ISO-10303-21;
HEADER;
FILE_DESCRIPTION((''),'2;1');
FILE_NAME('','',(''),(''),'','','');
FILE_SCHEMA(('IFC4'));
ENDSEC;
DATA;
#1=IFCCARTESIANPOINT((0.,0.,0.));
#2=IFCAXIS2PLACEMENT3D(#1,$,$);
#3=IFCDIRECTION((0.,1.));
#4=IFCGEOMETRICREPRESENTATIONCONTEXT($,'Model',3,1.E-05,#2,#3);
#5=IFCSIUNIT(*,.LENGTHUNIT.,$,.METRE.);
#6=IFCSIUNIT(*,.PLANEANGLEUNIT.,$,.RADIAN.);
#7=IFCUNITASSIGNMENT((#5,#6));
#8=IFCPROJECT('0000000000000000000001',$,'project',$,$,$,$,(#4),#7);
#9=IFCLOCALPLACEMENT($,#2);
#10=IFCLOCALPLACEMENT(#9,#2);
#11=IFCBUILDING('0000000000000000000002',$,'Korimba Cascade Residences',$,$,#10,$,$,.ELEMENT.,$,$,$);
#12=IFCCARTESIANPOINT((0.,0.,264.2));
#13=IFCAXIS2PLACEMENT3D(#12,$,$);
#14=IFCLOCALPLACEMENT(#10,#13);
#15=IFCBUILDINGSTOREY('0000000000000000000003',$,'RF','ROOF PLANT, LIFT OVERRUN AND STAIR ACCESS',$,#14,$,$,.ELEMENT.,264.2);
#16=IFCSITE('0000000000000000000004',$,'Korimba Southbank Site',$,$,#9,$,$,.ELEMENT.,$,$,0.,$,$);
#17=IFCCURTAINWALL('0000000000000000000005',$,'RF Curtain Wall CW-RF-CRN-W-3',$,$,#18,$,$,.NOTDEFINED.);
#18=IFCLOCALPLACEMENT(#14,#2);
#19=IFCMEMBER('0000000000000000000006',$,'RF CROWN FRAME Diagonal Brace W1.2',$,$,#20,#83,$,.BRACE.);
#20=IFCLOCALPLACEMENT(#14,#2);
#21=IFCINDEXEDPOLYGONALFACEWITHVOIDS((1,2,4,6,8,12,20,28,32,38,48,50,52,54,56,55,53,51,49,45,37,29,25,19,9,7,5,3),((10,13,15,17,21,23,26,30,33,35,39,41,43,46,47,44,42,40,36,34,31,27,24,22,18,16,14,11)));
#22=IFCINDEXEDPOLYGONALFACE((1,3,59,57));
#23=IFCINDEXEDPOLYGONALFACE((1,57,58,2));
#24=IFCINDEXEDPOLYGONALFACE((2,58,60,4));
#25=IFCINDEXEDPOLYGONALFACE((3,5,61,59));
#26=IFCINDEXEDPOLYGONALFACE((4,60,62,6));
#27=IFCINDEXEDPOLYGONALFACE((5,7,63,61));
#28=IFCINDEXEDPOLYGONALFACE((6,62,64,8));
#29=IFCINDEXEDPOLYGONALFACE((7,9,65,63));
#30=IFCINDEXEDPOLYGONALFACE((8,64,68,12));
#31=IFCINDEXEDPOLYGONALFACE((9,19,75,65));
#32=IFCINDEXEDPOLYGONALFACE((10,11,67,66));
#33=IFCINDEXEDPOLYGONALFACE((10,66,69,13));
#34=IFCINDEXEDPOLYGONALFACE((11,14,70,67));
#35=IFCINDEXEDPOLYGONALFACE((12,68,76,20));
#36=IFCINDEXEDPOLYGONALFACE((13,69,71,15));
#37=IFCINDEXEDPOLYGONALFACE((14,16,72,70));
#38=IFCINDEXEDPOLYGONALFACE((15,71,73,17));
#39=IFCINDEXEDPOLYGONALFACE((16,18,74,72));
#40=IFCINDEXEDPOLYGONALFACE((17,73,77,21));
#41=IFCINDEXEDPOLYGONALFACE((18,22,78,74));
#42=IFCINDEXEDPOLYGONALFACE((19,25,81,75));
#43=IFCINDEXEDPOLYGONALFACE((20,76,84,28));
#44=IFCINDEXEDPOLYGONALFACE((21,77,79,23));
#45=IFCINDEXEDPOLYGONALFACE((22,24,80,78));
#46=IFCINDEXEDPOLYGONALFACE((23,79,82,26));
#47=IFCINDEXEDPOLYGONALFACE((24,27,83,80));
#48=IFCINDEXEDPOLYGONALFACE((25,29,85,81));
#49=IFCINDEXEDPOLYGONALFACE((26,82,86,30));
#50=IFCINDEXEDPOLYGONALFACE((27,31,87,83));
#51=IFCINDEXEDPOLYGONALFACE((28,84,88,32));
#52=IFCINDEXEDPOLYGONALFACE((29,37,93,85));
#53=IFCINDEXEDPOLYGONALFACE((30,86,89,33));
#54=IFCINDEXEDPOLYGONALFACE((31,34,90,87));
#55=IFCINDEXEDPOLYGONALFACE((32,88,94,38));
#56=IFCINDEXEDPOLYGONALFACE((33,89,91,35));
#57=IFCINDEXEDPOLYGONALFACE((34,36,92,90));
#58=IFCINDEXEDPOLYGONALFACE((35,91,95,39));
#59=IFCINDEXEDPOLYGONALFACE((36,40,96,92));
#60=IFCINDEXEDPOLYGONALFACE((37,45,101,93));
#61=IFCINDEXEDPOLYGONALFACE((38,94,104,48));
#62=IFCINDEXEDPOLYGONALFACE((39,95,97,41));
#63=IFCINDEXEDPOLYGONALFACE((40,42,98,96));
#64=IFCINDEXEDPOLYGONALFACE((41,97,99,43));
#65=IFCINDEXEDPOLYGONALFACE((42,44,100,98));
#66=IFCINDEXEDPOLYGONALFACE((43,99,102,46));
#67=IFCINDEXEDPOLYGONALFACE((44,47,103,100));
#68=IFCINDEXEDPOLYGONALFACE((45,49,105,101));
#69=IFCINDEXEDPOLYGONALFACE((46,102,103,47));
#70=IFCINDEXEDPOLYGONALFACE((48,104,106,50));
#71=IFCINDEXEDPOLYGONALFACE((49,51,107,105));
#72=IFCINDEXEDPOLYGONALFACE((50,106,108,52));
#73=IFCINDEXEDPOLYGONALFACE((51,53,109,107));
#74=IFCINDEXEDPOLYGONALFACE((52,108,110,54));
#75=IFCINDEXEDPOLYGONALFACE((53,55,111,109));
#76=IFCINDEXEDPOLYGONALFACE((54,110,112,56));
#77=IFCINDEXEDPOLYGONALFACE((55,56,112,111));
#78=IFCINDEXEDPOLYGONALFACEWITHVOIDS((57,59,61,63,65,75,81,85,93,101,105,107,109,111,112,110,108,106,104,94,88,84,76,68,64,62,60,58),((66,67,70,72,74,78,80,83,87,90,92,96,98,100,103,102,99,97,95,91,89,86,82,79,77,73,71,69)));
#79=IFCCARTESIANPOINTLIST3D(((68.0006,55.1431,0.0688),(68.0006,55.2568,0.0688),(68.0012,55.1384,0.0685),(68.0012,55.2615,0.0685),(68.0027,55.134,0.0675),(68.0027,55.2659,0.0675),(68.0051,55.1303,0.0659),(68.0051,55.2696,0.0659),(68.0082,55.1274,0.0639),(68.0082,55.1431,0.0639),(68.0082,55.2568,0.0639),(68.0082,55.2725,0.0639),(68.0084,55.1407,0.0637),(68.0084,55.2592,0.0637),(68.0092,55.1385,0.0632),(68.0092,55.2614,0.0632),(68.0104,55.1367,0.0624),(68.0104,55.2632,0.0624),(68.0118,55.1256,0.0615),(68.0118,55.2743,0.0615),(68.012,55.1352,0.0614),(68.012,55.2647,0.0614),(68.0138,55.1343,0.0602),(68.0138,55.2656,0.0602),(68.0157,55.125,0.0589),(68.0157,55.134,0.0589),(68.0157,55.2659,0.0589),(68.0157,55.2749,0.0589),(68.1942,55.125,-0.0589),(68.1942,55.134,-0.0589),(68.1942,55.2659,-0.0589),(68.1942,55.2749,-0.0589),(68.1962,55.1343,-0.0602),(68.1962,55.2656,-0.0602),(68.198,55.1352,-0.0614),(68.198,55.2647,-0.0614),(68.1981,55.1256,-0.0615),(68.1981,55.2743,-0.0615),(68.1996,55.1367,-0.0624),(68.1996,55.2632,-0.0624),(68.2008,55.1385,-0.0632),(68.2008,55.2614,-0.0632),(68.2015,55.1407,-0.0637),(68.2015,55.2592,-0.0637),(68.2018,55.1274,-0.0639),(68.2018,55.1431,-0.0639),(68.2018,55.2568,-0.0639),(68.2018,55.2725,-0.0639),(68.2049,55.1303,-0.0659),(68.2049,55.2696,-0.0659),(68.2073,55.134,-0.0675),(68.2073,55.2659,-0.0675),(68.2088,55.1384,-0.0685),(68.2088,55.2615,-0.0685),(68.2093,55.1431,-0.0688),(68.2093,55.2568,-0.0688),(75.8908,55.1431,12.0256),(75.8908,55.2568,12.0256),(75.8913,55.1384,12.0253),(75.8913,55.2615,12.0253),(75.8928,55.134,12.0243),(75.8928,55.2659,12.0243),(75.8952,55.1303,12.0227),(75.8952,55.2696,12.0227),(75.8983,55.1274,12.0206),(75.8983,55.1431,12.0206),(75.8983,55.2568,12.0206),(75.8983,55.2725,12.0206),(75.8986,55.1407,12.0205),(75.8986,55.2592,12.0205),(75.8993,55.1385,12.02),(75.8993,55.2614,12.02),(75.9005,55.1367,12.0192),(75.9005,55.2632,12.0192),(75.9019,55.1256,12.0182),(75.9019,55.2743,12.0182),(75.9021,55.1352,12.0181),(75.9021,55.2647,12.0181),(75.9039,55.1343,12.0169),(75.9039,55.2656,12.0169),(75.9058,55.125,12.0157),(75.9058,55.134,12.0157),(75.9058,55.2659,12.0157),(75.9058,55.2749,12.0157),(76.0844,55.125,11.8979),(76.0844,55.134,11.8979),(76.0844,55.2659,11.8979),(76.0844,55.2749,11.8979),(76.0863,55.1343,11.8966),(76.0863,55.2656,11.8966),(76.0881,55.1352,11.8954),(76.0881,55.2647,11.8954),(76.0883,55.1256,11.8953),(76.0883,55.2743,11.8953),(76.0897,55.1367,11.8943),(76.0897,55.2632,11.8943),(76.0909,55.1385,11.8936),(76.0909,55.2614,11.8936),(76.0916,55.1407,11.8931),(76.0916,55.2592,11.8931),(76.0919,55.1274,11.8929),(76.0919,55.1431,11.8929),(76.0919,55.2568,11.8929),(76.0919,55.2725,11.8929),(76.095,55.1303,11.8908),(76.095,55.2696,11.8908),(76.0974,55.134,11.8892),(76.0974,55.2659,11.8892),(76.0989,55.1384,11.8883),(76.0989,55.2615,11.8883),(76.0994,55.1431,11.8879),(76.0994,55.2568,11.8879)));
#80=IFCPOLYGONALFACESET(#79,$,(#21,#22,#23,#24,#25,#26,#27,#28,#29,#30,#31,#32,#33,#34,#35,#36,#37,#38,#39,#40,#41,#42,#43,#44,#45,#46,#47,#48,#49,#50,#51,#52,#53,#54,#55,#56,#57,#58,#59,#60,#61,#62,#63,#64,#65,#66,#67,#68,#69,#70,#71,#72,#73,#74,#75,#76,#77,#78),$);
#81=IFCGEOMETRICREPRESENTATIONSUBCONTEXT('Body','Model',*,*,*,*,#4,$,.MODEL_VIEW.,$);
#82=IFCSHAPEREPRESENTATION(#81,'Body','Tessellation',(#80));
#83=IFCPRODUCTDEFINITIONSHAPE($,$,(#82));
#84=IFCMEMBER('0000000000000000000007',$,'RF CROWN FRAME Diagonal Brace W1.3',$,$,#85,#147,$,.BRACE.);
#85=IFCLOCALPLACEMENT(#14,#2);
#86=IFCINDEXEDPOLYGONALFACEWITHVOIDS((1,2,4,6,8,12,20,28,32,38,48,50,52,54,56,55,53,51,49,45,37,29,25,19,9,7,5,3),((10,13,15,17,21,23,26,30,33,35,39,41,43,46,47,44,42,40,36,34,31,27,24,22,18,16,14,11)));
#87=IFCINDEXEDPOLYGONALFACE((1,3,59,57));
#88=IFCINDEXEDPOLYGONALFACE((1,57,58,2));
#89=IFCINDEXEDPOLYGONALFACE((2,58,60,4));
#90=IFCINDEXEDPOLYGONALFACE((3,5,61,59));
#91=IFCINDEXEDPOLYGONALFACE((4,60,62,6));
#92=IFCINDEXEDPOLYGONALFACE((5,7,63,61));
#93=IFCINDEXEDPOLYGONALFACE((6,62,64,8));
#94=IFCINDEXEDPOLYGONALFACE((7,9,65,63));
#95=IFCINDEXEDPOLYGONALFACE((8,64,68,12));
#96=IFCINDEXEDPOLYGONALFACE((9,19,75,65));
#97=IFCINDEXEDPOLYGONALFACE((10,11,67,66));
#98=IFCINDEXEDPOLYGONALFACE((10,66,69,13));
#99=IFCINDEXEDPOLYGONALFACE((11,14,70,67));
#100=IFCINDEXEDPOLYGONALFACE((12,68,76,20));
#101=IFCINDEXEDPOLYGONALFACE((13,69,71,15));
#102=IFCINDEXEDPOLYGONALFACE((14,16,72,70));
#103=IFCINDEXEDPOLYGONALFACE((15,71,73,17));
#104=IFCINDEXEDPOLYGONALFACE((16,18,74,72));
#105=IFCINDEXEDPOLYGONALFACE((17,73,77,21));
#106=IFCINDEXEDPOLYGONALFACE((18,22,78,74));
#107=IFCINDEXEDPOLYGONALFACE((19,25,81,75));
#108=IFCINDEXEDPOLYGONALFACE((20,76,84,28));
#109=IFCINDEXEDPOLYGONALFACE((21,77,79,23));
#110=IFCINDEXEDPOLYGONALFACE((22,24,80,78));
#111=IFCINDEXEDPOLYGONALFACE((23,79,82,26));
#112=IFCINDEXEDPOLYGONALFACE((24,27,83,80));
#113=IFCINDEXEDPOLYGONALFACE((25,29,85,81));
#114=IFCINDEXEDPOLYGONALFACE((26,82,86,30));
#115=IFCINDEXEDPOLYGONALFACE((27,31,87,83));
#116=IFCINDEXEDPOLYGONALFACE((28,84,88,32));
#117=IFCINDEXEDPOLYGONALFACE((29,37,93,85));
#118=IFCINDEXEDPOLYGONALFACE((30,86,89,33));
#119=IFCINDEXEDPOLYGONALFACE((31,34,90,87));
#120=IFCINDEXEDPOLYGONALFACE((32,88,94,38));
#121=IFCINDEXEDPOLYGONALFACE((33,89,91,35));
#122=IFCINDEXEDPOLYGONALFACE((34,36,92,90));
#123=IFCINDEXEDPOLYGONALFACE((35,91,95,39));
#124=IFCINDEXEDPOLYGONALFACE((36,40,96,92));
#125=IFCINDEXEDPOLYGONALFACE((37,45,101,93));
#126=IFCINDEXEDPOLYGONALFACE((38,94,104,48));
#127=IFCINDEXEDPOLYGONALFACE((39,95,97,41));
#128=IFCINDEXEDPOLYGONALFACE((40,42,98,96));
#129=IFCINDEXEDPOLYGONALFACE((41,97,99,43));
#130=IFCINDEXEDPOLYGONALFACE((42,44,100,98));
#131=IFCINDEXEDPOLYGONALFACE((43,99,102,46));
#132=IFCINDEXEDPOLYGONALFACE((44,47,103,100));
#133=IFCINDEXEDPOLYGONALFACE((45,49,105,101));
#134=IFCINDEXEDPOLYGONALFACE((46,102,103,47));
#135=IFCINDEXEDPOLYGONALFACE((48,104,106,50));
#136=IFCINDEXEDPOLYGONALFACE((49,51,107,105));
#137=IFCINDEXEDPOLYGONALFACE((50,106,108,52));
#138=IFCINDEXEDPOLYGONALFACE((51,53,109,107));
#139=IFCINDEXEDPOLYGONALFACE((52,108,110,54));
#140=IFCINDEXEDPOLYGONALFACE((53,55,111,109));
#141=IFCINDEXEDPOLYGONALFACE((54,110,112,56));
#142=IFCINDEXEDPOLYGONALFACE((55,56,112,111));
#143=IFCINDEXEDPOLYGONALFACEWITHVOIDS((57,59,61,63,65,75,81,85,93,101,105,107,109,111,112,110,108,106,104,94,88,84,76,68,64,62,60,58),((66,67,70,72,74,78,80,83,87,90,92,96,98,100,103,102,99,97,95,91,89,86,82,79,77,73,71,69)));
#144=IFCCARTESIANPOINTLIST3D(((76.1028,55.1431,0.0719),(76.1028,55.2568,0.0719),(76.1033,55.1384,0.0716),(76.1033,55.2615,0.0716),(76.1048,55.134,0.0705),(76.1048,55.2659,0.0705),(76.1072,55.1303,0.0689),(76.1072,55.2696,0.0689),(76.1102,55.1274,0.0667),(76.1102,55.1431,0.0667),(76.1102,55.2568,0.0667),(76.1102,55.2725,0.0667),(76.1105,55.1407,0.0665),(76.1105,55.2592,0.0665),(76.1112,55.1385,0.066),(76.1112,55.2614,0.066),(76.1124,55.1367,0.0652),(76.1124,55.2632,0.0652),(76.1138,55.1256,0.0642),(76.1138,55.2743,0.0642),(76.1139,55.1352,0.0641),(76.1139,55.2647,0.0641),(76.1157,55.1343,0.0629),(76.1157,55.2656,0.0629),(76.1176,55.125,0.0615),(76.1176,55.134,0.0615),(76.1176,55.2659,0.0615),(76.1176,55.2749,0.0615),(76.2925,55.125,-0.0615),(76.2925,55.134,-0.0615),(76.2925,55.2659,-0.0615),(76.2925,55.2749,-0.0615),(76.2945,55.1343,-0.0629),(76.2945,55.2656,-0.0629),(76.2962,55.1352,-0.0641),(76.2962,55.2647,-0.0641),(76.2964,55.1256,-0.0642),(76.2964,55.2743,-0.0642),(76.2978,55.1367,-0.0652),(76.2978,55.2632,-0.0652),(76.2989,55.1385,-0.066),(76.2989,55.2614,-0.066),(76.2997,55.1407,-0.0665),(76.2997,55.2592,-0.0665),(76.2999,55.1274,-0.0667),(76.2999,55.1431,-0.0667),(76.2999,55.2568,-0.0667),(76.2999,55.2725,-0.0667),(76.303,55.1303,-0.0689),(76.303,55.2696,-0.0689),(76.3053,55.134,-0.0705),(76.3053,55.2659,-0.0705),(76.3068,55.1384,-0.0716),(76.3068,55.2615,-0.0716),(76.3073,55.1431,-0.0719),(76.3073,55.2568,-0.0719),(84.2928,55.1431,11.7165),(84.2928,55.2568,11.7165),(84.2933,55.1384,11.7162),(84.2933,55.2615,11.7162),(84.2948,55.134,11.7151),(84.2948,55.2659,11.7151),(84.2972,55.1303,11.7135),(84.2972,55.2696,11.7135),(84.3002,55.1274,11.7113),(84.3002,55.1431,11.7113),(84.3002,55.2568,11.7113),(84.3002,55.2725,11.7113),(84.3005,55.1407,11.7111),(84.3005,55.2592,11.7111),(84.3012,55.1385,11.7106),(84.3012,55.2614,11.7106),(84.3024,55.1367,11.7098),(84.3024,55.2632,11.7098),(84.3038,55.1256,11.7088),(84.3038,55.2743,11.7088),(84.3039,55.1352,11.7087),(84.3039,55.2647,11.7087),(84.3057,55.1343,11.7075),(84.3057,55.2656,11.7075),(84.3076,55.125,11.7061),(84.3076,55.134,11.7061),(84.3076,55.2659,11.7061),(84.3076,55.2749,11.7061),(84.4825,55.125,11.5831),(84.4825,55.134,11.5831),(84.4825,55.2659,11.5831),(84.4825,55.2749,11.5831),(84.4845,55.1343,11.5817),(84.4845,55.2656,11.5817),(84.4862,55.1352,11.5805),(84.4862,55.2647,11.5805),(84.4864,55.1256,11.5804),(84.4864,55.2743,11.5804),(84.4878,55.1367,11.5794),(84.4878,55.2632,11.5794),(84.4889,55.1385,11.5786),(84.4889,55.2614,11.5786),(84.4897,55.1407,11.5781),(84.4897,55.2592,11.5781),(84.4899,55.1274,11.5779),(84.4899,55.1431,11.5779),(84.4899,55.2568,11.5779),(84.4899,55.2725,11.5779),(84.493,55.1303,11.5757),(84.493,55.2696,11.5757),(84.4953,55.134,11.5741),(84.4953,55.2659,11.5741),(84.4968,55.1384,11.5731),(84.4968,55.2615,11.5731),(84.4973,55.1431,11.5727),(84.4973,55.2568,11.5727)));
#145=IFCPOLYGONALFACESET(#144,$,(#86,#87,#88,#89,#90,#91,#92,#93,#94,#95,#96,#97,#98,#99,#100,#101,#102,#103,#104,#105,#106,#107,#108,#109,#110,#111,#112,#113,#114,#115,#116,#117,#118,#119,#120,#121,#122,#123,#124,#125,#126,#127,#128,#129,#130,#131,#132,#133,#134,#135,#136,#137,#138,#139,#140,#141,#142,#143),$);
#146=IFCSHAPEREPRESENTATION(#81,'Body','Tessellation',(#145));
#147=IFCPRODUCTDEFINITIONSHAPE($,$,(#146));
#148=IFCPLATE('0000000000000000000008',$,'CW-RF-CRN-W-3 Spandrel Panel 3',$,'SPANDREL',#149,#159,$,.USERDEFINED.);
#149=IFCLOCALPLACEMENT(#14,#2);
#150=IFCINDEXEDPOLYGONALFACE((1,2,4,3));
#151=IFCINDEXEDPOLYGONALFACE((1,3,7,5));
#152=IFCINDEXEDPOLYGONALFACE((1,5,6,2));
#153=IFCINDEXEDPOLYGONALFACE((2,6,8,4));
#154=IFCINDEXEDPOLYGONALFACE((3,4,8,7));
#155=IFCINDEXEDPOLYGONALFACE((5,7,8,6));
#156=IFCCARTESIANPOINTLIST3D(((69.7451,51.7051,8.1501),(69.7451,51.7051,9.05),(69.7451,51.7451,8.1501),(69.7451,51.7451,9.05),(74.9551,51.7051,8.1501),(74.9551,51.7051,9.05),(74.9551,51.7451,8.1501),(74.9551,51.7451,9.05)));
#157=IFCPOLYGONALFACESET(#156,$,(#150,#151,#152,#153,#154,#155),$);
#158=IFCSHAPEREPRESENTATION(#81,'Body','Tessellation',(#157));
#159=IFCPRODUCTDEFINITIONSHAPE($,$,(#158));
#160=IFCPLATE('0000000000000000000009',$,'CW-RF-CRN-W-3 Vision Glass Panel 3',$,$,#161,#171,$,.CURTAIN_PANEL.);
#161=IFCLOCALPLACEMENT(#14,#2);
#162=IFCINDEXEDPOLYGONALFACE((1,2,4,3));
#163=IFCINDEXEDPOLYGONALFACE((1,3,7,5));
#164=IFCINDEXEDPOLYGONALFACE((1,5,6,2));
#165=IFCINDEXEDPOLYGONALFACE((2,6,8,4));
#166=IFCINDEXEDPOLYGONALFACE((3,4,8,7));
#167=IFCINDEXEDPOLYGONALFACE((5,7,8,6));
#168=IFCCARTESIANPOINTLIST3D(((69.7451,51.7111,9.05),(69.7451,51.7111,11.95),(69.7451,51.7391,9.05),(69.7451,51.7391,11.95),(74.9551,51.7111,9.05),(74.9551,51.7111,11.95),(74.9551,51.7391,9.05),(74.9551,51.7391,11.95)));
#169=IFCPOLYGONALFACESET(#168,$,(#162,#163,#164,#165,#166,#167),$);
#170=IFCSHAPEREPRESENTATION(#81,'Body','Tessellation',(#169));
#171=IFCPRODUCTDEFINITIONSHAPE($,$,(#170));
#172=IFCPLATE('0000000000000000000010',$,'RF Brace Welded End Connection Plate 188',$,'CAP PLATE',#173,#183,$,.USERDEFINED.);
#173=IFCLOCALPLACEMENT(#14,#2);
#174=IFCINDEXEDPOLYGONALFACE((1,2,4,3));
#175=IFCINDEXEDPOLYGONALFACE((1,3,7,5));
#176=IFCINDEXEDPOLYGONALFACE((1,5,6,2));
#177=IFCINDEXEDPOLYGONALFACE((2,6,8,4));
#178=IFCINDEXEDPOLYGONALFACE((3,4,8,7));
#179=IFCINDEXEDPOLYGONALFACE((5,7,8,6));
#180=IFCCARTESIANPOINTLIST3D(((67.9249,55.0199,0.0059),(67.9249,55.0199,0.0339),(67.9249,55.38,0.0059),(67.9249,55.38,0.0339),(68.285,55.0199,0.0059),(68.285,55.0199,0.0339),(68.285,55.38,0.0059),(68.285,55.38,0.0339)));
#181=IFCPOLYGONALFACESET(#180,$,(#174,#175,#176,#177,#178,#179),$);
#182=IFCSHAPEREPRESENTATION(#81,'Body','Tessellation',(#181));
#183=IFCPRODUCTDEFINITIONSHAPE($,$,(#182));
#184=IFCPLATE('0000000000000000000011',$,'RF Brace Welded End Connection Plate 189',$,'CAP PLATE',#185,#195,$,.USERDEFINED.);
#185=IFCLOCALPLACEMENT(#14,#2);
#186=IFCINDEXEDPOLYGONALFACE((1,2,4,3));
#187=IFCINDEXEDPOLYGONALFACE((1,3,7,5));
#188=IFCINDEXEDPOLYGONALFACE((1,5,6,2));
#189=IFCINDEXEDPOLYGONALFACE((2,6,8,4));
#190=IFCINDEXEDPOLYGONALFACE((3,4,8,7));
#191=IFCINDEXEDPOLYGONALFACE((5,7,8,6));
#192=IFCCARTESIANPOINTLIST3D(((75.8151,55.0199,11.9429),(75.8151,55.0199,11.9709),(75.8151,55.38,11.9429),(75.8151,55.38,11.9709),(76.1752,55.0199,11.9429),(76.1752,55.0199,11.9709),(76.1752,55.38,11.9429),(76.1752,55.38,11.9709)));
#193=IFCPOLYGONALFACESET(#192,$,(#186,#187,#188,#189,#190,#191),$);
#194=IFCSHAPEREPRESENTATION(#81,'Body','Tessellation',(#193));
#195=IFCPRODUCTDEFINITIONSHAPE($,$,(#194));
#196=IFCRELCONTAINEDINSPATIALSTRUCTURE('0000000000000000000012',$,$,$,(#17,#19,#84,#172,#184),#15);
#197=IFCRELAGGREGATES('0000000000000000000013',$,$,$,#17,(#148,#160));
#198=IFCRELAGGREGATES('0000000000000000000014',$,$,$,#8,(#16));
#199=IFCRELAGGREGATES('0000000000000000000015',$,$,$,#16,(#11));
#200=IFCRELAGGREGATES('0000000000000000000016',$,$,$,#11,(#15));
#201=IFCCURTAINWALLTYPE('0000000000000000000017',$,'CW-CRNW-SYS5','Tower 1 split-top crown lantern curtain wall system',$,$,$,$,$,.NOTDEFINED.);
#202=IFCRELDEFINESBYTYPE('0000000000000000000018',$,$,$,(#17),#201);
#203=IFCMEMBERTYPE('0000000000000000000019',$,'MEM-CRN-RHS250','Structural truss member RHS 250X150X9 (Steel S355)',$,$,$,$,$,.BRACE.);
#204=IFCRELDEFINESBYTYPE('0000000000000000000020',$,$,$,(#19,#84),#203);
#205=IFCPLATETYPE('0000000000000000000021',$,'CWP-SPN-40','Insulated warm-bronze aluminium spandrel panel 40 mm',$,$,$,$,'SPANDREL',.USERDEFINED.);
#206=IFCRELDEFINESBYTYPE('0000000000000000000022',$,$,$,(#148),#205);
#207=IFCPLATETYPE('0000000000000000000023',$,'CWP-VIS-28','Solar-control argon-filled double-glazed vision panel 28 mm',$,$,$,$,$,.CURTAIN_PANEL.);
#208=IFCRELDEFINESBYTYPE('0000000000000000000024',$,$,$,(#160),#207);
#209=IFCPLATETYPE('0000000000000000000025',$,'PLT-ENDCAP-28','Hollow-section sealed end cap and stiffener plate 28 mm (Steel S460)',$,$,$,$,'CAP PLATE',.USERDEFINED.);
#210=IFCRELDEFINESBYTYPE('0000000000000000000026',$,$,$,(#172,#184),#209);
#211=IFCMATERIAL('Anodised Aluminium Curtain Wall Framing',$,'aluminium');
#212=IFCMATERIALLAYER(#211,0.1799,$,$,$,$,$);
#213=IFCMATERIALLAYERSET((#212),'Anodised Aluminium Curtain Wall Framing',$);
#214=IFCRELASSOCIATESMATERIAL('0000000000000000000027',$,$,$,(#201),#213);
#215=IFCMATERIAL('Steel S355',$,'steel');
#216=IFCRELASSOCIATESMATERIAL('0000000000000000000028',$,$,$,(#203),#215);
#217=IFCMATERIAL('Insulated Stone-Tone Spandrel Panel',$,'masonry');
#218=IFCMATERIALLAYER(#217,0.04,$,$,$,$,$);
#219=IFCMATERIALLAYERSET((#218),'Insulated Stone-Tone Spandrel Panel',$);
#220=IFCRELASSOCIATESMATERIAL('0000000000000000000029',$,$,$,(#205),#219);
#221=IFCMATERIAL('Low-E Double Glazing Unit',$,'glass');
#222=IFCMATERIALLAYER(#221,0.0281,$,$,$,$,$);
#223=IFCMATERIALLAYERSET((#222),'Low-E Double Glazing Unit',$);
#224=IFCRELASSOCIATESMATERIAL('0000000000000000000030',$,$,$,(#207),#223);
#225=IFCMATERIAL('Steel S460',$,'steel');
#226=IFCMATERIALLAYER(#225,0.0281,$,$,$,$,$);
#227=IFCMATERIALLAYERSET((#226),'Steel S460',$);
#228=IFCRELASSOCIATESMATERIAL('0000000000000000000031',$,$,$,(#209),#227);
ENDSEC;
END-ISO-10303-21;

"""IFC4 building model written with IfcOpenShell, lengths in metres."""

from ifc_helpers import new_model, si_unit, direction, frame, origin, origin_2d, place, context, subcontext, project, spatial, rectangle, hollow_rectangle, extrude, material, layer, layer_set, material_profile, profile_set, type_object, element, aggregate, save


model = new_model("IFC4")

# Units and contexts
model_context = context("Model", 3, precision=1e-05, world=origin(), true_north=direction((0.0, 1.0)))
body_context = subcontext(model_context, "Body", "Model", "MODEL_VIEW")
ifc_project = project(units=[si_unit("LENGTHUNIT", "METRE"), si_unit("PLANEANGLEUNIT", "RADIAN")], contexts=[model_context])

# Site, building, storey
site_placement = place(None, origin())
site = spatial("IfcSite", under=ifc_project, at=site_placement, Name="Korimba Southbank Site", CompositionType="ELEMENT", RefElevation=0.0)
building_placement = place(site_placement, origin())
building = spatial("IfcBuilding", under=site, at=building_placement, Name="Korimba Cascade Residences", CompositionType="ELEMENT")
storey_placement = place(building_placement, frame((0.0, 0.0, 264.2)))
storey = spatial("IfcBuildingStorey", under=building, at=storey_placement, Name="RF", Description="ROOF PLANT, LIFT OVERRUN AND STAIR ACCESS", CompositionType="ELEMENT", Elevation=264.2)

# Shared definitions
ifc_material_1 = material(Name="Steel S355", Category="steel")

# Curtain wall
ifc_material_2 = material(Name="Anodised Aluminium Curtain Wall Framing", Category="aluminium")
ifc_layer_1 = layer(ifc_material_2, 0.1799)
ifc_layer_set_1 = layer_set([ifc_layer_1], Name="Anodised Aluminium Curtain Wall Framing")
curtain_wall_type = type_object("IfcCurtainWallType", Name="CW-CRNW-SYS5", Description="Tower 1 split-top crown lantern curtain wall system", PredefinedType="NOTDEFINED", material=ifc_layer_set_1)
curtain_wall_placement = place(storey_placement, origin())
curtain_wall = element("IfcCurtainWall", 1, at=curtain_wall_placement, inside=storey, type_object=curtain_wall_type, Name="RF Curtain Wall CW-RF-CRN-W-3", PredefinedType="NOTDEFINED")

# Members
ifc_material_profile_1 = material_profile(ifc_material_1, hollow_rectangle(XDim=0.1499, YDim=0.25, WallThickness=0.009, InnerFilletRadius=0.009, OuterFilletRadius=0.0181, at=origin_2d()), Name="Steel S355")
ifc_profile_set_1 = profile_set([ifc_material_profile_1], Name="Steel S355")
member_type_1 = type_object("IfcMemberType", Name="MEM-CRN-RHS250", Description="Structural truss member RHS 250X150X9 (Steel S355)", PredefinedType="BRACE", material=ifc_profile_set_1)
member_1_placement = place(storey_placement, frame((68.105, 55.2, 0.0), z_axis=(0.550777, 0.0, 0.834652), x_axis=(0.0, 1.0, 0.0)))
element("IfcMember", 2, at=member_1_placement, inside=storey, type_object=member_type_1, Name="RF CROWN FRAME Diagonal Brace W1.2", PredefinedType="BRACE", context=body_context, shape_type="SweptSolid", body=[
    extrude(hollow_rectangle(XDim=0.1499, YDim=0.25, WallThickness=0.009, InnerFilletRadius=0.009, OuterFilletRadius=0.0181, at=origin_2d()), origin(), (0.0, 0.0, 1.0), 14.3254),
])
member_2_placement = place(storey_placement, frame((76.2051, 55.2, 0.0), z_axis=(0.575289, 0.0, 0.81795), x_axis=(0.0, 1.0, 0.0)))
element("IfcMember", 3, at=member_2_placement, inside=storey, type_object=member_type_1, Name="RF CROWN FRAME Diagonal Brace W1.3", PredefinedType="BRACE", context=body_context, shape_type="SweptSolid", body=[
    extrude(hollow_rectangle(XDim=0.1499, YDim=0.25, WallThickness=0.009, InnerFilletRadius=0.009, OuterFilletRadius=0.0181, at=origin_2d()), origin(), (0.0, 0.0, 1.0), 14.2363),
])

# Plates
ifc_material_3 = material(Name="Insulated Stone-Tone Spandrel Panel", Category="masonry")
ifc_layer_2 = layer(ifc_material_3, 0.04)
ifc_layer_set_2 = layer_set([ifc_layer_2], Name="Insulated Stone-Tone Spandrel Panel")
plate_type_1 = type_object("IfcPlateType", Name="CWP-SPN-40", Description="Insulated warm-bronze aluminium spandrel panel 40 mm", ElementType="SPANDREL", PredefinedType="USERDEFINED", material=ifc_layer_set_2)
plate_1_placement = place(storey_placement, frame((72.3501, 51.7251, 8.1501), z_axis=(0.0, 0.0, 1.0), x_axis=(1.0, 0.0, 0.0)))
plate_1 = element("IfcPlate", 4, at=plate_1_placement, type_object=plate_type_1, Name="CW-RF-CRN-W-3 Spandrel Panel 3", ObjectType="SPANDREL", PredefinedType="USERDEFINED", context=body_context, shape_type="SweptSolid", body=[
    extrude(rectangle(XDim=5.21, YDim=0.04, at=origin_2d()), origin(), (0.0, 0.0, 1.0), 0.8999),
])
ifc_material_4 = material(Name="Low-E Double Glazing Unit", Category="glass")
ifc_layer_3 = layer(ifc_material_4, 0.0281)
ifc_layer_set_3 = layer_set([ifc_layer_3], Name="Low-E Double Glazing Unit")
plate_type_2 = type_object("IfcPlateType", Name="CWP-VIS-28", Description="Solar-control argon-filled double-glazed vision panel 28 mm", PredefinedType="CURTAIN_PANEL", material=ifc_layer_set_3)
plate_2_placement = place(storey_placement, frame((72.3501, 51.7251, 9.05), z_axis=(0.0, 0.0, 1.0), x_axis=(1.0, 0.0, 0.0)))
plate_2 = element("IfcPlate", 5, at=plate_2_placement, type_object=plate_type_2, Name="CW-RF-CRN-W-3 Vision Glass Panel 3", PredefinedType="CURTAIN_PANEL", context=body_context, shape_type="SweptSolid", body=[
    extrude(rectangle(XDim=5.21, YDim=0.0281, at=origin_2d()), origin(), (0.0, 0.0, 1.0), 2.8999),
])
aggregate(curtain_wall, [plate_1, plate_2])

# Plates
ifc_material_5 = material(Name="Steel S460", Category="steel")
ifc_layer_4 = layer(ifc_material_5, 0.0281)
ifc_layer_set_4 = layer_set([ifc_layer_4], Name="Steel S460")
plate_type_3 = type_object("IfcPlateType", Name="PLT-ENDCAP-28", Description="Hollow-section sealed end cap and stiffener plate 28 mm (Steel S460)", ElementType="CAP PLATE", PredefinedType="USERDEFINED", material=ifc_layer_set_4)
for number, where, z_axis, x_axis, name in (
    (6, (68.105, 55.2, 0.0059), (0.0, 0.0, 1.0), (1.0, 0.0, 0.0), "RF Brace Welded End Connection Plate 188"),
    (7, (75.9951, 55.2, 11.9429), (0.0, 0.0, 1.0), (1.0, 0.0, 0.0), "RF Brace Welded End Connection Plate 189"),
):
    element("IfcPlate", number, at=place(storey_placement, frame(where, z_axis=z_axis, x_axis=x_axis)), inside=storey, type_object=plate_type_3, Name=name, ObjectType="CAP PLATE", PredefinedType="USERDEFINED", context=body_context, shape_type="SweptSolid", body=[
        extrude(rectangle(XDim=0.3601, YDim=0.3601, at=origin_2d()), origin(), (0.0, 0.0, 1.0), 0.0281),
    ])

save(model, "model.ifc")
